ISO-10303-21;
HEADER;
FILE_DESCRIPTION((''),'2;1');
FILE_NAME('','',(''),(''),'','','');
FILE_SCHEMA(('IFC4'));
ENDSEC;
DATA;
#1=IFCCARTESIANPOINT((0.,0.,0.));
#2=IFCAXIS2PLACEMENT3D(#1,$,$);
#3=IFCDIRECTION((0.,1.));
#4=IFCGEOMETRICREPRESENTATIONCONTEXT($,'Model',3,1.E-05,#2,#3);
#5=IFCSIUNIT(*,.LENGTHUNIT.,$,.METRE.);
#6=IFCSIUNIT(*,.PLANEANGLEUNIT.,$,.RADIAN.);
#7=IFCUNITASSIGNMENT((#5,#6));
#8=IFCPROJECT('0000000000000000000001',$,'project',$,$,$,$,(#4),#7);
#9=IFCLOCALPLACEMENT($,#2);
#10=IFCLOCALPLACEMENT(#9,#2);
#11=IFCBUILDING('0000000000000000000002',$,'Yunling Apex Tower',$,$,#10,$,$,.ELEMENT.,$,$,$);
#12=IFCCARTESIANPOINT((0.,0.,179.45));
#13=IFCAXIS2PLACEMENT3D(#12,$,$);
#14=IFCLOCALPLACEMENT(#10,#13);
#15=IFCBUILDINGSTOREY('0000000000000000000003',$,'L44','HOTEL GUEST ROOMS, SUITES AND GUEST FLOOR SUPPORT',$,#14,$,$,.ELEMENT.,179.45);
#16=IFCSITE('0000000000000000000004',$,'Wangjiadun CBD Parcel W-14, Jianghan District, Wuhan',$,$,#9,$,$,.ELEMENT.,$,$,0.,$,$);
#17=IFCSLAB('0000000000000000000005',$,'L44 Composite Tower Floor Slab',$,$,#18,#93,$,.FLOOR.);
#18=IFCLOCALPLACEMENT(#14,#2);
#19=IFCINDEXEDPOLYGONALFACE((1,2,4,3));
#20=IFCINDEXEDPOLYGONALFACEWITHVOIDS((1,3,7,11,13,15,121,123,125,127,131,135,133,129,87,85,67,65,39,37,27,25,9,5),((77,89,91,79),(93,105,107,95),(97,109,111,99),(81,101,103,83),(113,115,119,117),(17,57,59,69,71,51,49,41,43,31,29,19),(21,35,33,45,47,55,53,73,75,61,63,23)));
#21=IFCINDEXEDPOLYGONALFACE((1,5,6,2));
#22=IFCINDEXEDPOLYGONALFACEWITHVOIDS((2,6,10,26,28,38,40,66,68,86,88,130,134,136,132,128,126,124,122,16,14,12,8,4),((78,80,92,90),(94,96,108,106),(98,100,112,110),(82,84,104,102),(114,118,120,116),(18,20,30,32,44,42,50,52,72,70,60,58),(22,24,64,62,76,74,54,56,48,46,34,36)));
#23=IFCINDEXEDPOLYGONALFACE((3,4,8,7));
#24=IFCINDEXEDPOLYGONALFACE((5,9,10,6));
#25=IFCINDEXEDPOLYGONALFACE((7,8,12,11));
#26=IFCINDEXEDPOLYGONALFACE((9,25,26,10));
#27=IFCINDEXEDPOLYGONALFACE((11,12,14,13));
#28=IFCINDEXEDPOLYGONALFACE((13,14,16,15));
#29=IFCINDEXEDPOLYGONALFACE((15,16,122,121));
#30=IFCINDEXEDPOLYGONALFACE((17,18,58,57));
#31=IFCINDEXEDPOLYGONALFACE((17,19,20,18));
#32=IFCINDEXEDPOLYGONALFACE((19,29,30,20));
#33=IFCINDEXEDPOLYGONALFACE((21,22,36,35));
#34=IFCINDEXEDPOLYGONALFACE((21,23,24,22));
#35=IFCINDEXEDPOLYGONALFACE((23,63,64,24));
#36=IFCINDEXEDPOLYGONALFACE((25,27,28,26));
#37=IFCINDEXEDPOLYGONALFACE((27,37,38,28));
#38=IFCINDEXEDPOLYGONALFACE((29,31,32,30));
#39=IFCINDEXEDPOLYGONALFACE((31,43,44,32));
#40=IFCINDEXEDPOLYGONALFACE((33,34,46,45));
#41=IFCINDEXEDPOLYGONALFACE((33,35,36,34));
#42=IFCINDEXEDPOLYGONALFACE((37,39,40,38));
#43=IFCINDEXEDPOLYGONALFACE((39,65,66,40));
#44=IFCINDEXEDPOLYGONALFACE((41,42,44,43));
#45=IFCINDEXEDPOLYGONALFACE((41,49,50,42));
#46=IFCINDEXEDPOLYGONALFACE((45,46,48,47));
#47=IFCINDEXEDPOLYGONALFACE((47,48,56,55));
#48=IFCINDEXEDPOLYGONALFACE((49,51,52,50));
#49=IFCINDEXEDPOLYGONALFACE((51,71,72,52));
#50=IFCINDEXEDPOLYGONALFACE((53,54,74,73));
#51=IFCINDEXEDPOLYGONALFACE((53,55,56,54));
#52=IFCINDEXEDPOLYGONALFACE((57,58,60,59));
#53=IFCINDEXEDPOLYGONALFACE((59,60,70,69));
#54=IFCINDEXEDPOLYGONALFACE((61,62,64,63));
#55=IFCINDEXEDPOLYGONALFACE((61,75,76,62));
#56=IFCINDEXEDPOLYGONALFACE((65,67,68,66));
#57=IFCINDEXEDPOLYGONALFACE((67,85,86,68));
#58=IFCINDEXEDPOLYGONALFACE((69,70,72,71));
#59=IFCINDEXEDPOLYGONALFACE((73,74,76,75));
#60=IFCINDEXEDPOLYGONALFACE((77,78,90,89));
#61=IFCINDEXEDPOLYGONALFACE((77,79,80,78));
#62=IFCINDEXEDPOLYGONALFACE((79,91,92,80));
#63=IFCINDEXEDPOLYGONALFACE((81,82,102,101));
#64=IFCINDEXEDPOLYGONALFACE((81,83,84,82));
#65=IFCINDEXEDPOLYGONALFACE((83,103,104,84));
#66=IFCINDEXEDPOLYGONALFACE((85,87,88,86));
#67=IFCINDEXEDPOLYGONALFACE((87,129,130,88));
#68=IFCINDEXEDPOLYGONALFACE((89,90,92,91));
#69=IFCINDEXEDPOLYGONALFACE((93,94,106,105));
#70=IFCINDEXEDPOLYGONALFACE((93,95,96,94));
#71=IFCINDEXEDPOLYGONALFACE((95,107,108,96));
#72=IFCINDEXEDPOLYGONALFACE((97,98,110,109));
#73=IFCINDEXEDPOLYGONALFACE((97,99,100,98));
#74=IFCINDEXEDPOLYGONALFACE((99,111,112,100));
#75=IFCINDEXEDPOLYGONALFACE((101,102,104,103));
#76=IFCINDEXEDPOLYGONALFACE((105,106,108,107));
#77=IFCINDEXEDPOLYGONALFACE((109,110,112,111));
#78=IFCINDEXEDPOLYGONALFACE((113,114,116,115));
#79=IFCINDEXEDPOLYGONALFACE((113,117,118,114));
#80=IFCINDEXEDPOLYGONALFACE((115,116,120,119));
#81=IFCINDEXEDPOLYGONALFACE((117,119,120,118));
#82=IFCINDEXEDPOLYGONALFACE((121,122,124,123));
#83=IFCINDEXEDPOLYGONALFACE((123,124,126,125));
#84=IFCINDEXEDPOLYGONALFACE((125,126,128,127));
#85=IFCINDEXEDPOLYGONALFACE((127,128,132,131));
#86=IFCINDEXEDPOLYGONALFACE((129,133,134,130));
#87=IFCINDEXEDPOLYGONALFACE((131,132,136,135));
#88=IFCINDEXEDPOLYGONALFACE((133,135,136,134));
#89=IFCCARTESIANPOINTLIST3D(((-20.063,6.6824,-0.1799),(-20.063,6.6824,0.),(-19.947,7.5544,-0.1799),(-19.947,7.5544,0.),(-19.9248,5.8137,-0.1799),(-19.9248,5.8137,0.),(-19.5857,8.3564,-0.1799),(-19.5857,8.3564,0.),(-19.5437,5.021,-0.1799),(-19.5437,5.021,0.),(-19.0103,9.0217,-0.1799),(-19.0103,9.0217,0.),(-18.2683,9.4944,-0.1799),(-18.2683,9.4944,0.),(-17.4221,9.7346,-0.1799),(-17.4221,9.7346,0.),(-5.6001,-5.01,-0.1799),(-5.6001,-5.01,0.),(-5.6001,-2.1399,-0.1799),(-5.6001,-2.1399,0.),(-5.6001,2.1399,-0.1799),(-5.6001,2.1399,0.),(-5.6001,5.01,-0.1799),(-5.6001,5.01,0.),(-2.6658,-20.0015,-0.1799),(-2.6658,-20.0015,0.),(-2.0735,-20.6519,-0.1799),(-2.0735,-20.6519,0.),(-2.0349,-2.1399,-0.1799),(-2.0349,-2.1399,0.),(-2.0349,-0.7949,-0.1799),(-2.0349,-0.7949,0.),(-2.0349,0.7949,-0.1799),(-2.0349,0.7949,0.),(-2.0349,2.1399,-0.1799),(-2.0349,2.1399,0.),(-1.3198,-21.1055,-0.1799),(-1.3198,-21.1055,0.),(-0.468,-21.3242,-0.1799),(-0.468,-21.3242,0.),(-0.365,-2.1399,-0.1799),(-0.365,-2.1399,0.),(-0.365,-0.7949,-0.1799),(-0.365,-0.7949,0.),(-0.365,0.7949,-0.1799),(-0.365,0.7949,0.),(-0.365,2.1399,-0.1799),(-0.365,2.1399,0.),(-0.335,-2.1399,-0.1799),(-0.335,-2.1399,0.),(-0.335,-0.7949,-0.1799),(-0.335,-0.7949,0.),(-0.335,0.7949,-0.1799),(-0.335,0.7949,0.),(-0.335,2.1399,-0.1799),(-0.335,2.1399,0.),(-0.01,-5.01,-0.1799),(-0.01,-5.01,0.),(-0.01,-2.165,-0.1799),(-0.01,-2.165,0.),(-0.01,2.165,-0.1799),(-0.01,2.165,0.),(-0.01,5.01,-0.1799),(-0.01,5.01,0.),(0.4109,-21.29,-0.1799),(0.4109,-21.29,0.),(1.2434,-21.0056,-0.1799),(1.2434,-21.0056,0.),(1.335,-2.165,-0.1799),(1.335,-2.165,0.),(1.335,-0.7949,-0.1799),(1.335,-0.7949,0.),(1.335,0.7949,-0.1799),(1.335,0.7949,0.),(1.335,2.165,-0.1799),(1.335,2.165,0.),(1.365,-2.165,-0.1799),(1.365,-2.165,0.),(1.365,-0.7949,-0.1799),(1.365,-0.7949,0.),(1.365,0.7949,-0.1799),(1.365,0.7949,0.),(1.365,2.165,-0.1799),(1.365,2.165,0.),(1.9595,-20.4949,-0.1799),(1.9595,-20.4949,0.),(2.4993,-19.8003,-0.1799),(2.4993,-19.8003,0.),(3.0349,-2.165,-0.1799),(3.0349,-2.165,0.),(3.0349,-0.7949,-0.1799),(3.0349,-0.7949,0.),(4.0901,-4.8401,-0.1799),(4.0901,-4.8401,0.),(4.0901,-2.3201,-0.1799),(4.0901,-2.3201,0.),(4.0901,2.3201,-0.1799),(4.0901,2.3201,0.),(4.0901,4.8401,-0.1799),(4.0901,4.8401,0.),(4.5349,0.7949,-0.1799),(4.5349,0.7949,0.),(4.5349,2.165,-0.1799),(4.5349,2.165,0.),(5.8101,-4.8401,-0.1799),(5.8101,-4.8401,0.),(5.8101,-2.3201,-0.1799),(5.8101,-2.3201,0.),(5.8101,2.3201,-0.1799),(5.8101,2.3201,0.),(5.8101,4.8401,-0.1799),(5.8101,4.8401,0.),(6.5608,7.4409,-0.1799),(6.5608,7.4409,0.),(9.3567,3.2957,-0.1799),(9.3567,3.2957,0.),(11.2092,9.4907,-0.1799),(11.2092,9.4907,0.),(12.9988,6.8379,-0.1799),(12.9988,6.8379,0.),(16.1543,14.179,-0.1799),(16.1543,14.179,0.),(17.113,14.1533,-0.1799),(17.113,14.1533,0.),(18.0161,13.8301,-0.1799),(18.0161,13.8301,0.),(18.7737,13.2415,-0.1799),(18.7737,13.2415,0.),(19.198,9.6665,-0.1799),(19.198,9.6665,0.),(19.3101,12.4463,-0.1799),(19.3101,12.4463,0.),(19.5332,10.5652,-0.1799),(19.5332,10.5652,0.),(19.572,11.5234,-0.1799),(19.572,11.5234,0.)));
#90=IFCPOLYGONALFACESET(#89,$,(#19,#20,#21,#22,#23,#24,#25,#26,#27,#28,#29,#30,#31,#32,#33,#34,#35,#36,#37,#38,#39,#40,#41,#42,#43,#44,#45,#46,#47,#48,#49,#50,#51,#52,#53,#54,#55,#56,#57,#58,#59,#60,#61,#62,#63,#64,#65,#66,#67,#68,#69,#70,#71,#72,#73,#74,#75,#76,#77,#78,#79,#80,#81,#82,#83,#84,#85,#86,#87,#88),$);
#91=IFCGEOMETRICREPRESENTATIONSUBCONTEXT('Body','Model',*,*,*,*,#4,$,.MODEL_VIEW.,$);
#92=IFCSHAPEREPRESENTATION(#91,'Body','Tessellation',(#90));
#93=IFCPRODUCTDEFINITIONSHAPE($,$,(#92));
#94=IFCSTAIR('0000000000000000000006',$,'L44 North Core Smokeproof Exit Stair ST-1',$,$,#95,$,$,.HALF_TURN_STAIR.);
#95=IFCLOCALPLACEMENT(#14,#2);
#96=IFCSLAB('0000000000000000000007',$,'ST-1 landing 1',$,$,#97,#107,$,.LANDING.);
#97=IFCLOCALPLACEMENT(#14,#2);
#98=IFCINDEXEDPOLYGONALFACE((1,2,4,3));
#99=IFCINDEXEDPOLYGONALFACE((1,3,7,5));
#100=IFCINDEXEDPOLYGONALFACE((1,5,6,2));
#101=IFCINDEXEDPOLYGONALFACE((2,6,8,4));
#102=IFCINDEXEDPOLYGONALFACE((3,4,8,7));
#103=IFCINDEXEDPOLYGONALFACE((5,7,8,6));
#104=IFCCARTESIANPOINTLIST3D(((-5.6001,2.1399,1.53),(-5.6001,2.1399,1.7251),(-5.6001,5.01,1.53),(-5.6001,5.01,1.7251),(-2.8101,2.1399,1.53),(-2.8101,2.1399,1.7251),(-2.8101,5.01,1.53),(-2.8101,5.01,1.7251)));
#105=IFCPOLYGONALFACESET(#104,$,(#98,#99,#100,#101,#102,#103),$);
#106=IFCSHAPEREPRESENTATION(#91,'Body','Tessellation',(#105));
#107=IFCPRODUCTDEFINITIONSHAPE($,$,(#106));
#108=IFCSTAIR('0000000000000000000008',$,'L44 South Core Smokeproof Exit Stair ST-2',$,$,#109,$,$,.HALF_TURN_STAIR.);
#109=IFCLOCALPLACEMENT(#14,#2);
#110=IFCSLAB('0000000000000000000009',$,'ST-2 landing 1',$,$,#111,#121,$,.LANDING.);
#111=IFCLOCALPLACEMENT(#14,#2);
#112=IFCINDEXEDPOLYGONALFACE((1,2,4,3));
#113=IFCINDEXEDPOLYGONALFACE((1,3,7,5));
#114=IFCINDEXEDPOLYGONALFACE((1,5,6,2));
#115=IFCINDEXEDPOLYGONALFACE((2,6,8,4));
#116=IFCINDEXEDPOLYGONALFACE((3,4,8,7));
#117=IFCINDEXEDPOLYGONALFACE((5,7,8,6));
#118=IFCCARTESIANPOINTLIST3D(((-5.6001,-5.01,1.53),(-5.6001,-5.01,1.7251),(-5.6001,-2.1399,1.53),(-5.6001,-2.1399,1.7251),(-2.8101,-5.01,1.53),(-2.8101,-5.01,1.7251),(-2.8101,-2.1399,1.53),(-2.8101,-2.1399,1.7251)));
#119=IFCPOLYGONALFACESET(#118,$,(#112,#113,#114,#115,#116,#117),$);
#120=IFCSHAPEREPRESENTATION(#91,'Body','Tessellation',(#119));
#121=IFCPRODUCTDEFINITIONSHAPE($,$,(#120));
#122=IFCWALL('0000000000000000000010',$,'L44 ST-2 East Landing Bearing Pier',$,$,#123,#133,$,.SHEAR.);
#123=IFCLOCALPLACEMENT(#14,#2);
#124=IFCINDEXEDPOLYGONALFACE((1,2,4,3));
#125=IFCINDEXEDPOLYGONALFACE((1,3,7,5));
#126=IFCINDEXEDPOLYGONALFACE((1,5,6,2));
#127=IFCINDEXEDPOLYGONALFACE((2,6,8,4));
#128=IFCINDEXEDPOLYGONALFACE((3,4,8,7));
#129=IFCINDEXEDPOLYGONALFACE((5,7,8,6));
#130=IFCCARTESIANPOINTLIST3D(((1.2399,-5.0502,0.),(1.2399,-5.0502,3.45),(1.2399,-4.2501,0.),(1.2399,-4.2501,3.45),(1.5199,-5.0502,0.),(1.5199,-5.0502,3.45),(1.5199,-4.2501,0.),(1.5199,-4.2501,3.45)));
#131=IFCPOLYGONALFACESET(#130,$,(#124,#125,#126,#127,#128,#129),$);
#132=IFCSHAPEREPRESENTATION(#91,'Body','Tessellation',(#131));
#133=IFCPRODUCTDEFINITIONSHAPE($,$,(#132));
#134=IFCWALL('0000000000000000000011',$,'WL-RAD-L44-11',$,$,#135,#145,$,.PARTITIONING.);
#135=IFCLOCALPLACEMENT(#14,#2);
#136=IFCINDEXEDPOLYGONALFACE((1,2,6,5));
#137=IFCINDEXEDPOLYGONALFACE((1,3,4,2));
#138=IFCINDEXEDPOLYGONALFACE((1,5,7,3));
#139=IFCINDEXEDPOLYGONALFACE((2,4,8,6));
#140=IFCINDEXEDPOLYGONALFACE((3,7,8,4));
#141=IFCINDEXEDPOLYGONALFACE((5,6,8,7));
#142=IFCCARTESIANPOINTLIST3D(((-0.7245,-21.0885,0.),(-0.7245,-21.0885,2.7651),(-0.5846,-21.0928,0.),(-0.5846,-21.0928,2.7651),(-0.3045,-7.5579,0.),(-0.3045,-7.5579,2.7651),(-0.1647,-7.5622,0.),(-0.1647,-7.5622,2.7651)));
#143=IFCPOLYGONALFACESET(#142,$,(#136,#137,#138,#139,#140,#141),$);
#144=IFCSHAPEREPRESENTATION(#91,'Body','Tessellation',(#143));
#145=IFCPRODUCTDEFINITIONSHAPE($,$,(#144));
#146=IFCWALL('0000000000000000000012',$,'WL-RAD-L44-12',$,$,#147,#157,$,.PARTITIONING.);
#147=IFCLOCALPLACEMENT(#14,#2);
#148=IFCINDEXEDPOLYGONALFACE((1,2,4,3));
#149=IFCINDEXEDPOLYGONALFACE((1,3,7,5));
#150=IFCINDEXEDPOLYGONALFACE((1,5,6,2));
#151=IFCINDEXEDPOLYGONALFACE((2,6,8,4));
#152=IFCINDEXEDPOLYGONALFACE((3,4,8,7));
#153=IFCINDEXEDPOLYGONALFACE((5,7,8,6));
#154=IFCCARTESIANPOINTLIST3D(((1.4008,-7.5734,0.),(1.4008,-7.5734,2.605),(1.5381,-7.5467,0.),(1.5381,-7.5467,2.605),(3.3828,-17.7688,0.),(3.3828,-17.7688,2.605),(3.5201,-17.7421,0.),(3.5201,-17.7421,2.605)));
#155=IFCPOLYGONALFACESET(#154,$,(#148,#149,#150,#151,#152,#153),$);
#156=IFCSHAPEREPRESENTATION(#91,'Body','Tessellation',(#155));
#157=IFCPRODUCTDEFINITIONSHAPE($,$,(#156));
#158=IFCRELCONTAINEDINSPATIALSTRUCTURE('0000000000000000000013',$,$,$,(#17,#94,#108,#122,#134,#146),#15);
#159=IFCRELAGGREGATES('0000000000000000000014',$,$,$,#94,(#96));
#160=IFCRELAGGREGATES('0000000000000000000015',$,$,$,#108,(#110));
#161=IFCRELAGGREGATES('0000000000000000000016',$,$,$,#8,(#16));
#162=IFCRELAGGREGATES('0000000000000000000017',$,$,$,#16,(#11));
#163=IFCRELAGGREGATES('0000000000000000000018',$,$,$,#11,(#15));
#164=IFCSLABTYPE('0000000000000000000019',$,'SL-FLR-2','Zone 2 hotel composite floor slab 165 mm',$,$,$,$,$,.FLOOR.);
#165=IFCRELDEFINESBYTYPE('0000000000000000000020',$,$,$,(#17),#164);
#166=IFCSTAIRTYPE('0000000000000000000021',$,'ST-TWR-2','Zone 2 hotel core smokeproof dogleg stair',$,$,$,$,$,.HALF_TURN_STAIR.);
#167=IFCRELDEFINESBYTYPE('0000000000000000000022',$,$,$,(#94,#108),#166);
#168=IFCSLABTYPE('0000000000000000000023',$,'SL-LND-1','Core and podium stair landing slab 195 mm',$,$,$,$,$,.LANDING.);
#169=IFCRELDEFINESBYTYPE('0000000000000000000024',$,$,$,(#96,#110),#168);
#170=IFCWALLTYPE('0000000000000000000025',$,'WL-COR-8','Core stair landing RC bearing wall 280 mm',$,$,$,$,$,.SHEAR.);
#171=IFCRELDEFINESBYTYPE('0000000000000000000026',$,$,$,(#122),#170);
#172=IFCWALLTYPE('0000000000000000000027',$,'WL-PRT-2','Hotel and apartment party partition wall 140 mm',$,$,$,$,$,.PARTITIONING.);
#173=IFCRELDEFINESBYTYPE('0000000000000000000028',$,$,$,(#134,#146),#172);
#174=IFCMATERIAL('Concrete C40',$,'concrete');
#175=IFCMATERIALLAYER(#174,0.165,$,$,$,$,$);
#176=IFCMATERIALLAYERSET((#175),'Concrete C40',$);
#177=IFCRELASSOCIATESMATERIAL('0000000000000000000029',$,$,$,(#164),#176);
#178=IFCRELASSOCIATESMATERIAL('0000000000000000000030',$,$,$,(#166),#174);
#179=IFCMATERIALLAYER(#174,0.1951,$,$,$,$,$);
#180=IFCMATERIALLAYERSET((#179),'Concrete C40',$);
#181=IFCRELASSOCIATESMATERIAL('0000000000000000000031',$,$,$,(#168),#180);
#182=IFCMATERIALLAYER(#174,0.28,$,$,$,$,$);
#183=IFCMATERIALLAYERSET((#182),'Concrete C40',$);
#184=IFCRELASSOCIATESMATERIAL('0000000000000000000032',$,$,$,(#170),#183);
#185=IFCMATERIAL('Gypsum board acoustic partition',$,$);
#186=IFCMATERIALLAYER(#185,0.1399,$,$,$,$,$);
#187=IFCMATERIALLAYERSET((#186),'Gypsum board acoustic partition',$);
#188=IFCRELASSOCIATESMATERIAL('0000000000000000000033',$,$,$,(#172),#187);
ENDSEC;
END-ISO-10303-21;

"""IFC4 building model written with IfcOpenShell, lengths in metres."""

from ifc_helpers import new_model, si_unit, direction, frame, frame_2d, origin, place, context, subcontext, project, spatial, polyline, rectangle, outline, extrude, material, layer, layer_set, type_object, element, aggregate, save


model = new_model("IFC4")

# Units and contexts
model_context = context("Model", 3, precision=1e-05, world=origin(), true_north=direction((0.0, 1.0)))
body_context = subcontext(model_context, "Body", "Model", "MODEL_VIEW")
ifc_project = project(units=[si_unit("LENGTHUNIT", "METRE"), si_unit("PLANEANGLEUNIT", "RADIAN")], contexts=[model_context])

# Site, building, storey
site_placement = place(None, origin())
site = spatial("IfcSite", under=ifc_project, at=site_placement, Name="Wangjiadun CBD Parcel W-14, Jianghan District, Wuhan", CompositionType="ELEMENT", RefElevation=0.0)
building_placement = place(site_placement, origin())
building = spatial("IfcBuilding", under=site, at=building_placement, Name="Yunling Apex Tower", CompositionType="ELEMENT")
storey_placement = place(building_placement, frame((0.0, 0.0, 179.45)))
storey = spatial("IfcBuildingStorey", under=building, at=storey_placement, Name="L44", Description="HOTEL GUEST ROOMS, SUITES AND GUEST FLOOR SUPPORT", CompositionType="ELEMENT", Elevation=179.45)

# Slab
ifc_material_1 = material(Name="Concrete C40", Category="concrete")
ifc_layer_1 = layer(ifc_material_1, 0.165)
ifc_layer_set_1 = layer_set([ifc_layer_1], Name="Concrete C40")
slab_type_1 = type_object("IfcSlabType", Name="SL-FLR-2", Description="Zone 2 hotel composite floor slab 165 mm", PredefinedType="FLOOR", material=ifc_layer_set_1)
slab_1_placement = place(storey_placement, frame((0.0, 0.0, -0.1799)))
element("IfcSlab", 1, at=slab_1_placement, inside=storey, type_object=slab_type_1, Name="L44 Composite Tower Floor Slab", PredefinedType="FLOOR", context=body_context, shape_type="SweptSolid", body=[
    extrude(outline(polyline([(-2.6658, -20.0015), (-2.0735, -20.6519), (-1.3198, -21.1055), (-0.468, -21.3242), (0.4109, -21.29), (1.2434, -21.0056), (1.9595, -20.4949), (2.4993, -19.8003), (19.198, 9.6665), (19.5332, 10.5652), (19.572, 11.5234), (19.3101, 12.4463), (18.7737, 13.2415), (18.0161, 13.8301), (17.113, 14.1533), (16.1543, 14.179), (-17.4221, 9.7346), (-18.2683, 9.4944), (-19.0103, 9.0217), (-19.5857, 8.3564), (-19.947, 7.5544), (-20.063, 6.6824), (-19.9248, 5.8137), (-19.5437, 5.021), (-2.6658, -20.0015)]), holes=[polyline([(11.2092, 9.4907), (12.9988, 6.8379), (9.3567, 3.2957), (6.5608, 7.4409), (11.2092, 9.4907)]), polyline([(4.0901, -2.3201), (5.8101, -2.3201), (5.8101, -4.8401), (4.0901, -4.8401), (4.0901, -2.3201)]), polyline([(5.8101, 4.8401), (5.8101, 2.3201), (4.0901, 2.3201), (4.0901, 4.8401), (5.8101, 4.8401)]), polyline([(1.365, 2.165), (4.5349, 2.165), (4.5349, 0.7949), (1.365, 0.7949), (1.365, 2.165)]), polyline([(3.0349, -0.7949), (3.0349, -2.165), (1.365, -2.165), (1.365, -0.7949), (3.0349, -0.7949)]), polyline([(-2.0349, -0.7949), (-0.365, -0.7949), (-0.365, -2.1399), (-0.335, -2.1399), (-0.335, -0.7949), (1.335, -0.7949), (1.335, -2.165), (-0.01, -2.165), (-0.01, -5.01), (-5.6001, -5.01), (-5.6001, -2.1399), (-2.0349, -2.1399), (-2.0349, -0.7949)]), polyline([(-5.6001, 2.1399), (-5.6001, 5.01), (-0.01, 5.01), (-0.01, 2.165), (1.335, 2.165), (1.335, 0.7949), (-0.335, 0.7949), (-0.335, 2.1399), (-0.365, 2.1399), (-0.365, 0.7949), (-2.0349, 0.7949), (-2.0349, 2.1399), (-5.6001, 2.1399)])]), origin(), (0.0, 0.0, 1.0), 0.1799),
])

# Stairs, slabs
stair_type = type_object("IfcStairType", Name="ST-TWR-2", Description="Zone 2 hotel core smokeproof dogleg stair", PredefinedType="HALF_TURN_STAIR", material=ifc_material_1)
stair_1_placement = place(storey_placement, origin())
stair_1 = element("IfcStair", 2, at=stair_1_placement, inside=storey, type_object=stair_type, Name="L44 North Core Smokeproof Exit Stair ST-1", PredefinedType="HALF_TURN_STAIR")
ifc_layer_2 = layer(ifc_material_1, 0.1951)
ifc_layer_set_2 = layer_set([ifc_layer_2], Name="Concrete C40")
slab_type_2 = type_object("IfcSlabType", Name="SL-LND-1", Description="Core and podium stair landing slab 195 mm", PredefinedType="LANDING", material=ifc_layer_set_2)
slab_2_placement = place(storey_placement, frame((0.0, 0.0, 1.53)))
slab_2 = element("IfcSlab", 3, at=slab_2_placement, type_object=slab_type_2, Name="ST-1 landing 1", PredefinedType="LANDING", context=body_context, shape_type="SweptSolid", body=[
    extrude(outline(polyline([(-2.8101, 5.01), (-5.6001, 5.01), (-5.6001, 2.1399), (-2.8101, 2.1399), (-2.8101, 5.01)])), origin(), (0.0, 0.0, 1.0), 0.1951),
])
aggregate(stair_1, [slab_2])
stair_2_placement = place(storey_placement, origin())
stair_2 = element("IfcStair", 4, at=stair_2_placement, inside=storey, type_object=stair_type, Name="L44 South Core Smokeproof Exit Stair ST-2", PredefinedType="HALF_TURN_STAIR")
slab_3_placement = place(storey_placement, frame((0.0, 0.0, 1.53)))
slab_3 = element("IfcSlab", 5, at=slab_3_placement, type_object=slab_type_2, Name="ST-2 landing 1", PredefinedType="LANDING", context=body_context, shape_type="SweptSolid", body=[
    extrude(outline(polyline([(-2.8101, -2.1399), (-5.6001, -2.1399), (-5.6001, -5.01), (-2.8101, -5.01), (-2.8101, -2.1399)])), origin(), (0.0, 0.0, 1.0), 0.1951),
])

# Walls
ifc_layer_3 = layer(ifc_material_1, 0.28)
ifc_layer_set_3 = layer_set([ifc_layer_3], Name="Concrete C40")
wall_type_1 = type_object("IfcWallType", Name="WL-COR-8", Description="Core stair landing RC bearing wall 280 mm", PredefinedType="SHEAR", material=ifc_layer_set_3)
wall_1_placement = place(storey_placement, frame((1.3799, -5.05, 0.0), z_axis=(0.0, 0.0, 1.0), x_axis=(0.0, 1.0, 0.0)))
element("IfcWall", 6, at=wall_1_placement, inside=storey, type_object=wall_type_1, Name="L44 ST-2 East Landing Bearing Pier", PredefinedType="SHEAR", context=body_context, shape_type="SweptSolid", body=[
    extrude(rectangle(XDim=0.8, YDim=0.28, at=frame_2d((0.3999, 0.0))), origin(), (0.0, 0.0, 1.0), 3.45),
])
ifc_material_2 = material(Name="Gypsum board acoustic partition")
ifc_layer_4 = layer(ifc_material_2, 0.1399)
ifc_layer_set_4 = layer_set([ifc_layer_4], Name="Gypsum board acoustic partition")
wall_type_2 = type_object("IfcWallType", Name="WL-PRT-2", Description="Hotel and apartment party partition wall 140 mm", PredefinedType="PARTITIONING", material=ifc_layer_set_4)
wall_2_placement = place(storey_placement, frame((-0.2346, -7.5601, 0.0), z_axis=(0.0, 0.0, 1.0), x_axis=(-0.03102, -0.999519, 0.0)))
element("IfcWall", 7, at=wall_2_placement, inside=storey, type_object=wall_type_2, Name="WL-RAD-L44-11", PredefinedType="PARTITIONING", context=body_context, shape_type="SweptSolid", body=[
    extrude(rectangle(XDim=13.5371, YDim=0.1399, at=frame_2d((6.7686, 0.0))), origin(), (0.0, 0.0, 1.0), 2.7651),
])
wall_3_placement = place(storey_placement, frame((1.4695, -7.5601, 0.0), z_axis=(0.0, 0.0, 1.0), x_axis=(0.190824, -0.981624, 0.0)))
element("IfcWall", 8, at=wall_3_placement, inside=storey, type_object=wall_type_2, Name="WL-RAD-L44-12", PredefinedType="PARTITIONING", context=body_context, shape_type="SweptSolid", body=[
    extrude(rectangle(XDim=10.3862, YDim=0.1399, at=frame_2d((5.1931, 0.0))), origin(), (0.0, 0.0, 1.0), 2.605),
])

aggregate(stair_2, [slab_3])

save(model, "model.ifc")
